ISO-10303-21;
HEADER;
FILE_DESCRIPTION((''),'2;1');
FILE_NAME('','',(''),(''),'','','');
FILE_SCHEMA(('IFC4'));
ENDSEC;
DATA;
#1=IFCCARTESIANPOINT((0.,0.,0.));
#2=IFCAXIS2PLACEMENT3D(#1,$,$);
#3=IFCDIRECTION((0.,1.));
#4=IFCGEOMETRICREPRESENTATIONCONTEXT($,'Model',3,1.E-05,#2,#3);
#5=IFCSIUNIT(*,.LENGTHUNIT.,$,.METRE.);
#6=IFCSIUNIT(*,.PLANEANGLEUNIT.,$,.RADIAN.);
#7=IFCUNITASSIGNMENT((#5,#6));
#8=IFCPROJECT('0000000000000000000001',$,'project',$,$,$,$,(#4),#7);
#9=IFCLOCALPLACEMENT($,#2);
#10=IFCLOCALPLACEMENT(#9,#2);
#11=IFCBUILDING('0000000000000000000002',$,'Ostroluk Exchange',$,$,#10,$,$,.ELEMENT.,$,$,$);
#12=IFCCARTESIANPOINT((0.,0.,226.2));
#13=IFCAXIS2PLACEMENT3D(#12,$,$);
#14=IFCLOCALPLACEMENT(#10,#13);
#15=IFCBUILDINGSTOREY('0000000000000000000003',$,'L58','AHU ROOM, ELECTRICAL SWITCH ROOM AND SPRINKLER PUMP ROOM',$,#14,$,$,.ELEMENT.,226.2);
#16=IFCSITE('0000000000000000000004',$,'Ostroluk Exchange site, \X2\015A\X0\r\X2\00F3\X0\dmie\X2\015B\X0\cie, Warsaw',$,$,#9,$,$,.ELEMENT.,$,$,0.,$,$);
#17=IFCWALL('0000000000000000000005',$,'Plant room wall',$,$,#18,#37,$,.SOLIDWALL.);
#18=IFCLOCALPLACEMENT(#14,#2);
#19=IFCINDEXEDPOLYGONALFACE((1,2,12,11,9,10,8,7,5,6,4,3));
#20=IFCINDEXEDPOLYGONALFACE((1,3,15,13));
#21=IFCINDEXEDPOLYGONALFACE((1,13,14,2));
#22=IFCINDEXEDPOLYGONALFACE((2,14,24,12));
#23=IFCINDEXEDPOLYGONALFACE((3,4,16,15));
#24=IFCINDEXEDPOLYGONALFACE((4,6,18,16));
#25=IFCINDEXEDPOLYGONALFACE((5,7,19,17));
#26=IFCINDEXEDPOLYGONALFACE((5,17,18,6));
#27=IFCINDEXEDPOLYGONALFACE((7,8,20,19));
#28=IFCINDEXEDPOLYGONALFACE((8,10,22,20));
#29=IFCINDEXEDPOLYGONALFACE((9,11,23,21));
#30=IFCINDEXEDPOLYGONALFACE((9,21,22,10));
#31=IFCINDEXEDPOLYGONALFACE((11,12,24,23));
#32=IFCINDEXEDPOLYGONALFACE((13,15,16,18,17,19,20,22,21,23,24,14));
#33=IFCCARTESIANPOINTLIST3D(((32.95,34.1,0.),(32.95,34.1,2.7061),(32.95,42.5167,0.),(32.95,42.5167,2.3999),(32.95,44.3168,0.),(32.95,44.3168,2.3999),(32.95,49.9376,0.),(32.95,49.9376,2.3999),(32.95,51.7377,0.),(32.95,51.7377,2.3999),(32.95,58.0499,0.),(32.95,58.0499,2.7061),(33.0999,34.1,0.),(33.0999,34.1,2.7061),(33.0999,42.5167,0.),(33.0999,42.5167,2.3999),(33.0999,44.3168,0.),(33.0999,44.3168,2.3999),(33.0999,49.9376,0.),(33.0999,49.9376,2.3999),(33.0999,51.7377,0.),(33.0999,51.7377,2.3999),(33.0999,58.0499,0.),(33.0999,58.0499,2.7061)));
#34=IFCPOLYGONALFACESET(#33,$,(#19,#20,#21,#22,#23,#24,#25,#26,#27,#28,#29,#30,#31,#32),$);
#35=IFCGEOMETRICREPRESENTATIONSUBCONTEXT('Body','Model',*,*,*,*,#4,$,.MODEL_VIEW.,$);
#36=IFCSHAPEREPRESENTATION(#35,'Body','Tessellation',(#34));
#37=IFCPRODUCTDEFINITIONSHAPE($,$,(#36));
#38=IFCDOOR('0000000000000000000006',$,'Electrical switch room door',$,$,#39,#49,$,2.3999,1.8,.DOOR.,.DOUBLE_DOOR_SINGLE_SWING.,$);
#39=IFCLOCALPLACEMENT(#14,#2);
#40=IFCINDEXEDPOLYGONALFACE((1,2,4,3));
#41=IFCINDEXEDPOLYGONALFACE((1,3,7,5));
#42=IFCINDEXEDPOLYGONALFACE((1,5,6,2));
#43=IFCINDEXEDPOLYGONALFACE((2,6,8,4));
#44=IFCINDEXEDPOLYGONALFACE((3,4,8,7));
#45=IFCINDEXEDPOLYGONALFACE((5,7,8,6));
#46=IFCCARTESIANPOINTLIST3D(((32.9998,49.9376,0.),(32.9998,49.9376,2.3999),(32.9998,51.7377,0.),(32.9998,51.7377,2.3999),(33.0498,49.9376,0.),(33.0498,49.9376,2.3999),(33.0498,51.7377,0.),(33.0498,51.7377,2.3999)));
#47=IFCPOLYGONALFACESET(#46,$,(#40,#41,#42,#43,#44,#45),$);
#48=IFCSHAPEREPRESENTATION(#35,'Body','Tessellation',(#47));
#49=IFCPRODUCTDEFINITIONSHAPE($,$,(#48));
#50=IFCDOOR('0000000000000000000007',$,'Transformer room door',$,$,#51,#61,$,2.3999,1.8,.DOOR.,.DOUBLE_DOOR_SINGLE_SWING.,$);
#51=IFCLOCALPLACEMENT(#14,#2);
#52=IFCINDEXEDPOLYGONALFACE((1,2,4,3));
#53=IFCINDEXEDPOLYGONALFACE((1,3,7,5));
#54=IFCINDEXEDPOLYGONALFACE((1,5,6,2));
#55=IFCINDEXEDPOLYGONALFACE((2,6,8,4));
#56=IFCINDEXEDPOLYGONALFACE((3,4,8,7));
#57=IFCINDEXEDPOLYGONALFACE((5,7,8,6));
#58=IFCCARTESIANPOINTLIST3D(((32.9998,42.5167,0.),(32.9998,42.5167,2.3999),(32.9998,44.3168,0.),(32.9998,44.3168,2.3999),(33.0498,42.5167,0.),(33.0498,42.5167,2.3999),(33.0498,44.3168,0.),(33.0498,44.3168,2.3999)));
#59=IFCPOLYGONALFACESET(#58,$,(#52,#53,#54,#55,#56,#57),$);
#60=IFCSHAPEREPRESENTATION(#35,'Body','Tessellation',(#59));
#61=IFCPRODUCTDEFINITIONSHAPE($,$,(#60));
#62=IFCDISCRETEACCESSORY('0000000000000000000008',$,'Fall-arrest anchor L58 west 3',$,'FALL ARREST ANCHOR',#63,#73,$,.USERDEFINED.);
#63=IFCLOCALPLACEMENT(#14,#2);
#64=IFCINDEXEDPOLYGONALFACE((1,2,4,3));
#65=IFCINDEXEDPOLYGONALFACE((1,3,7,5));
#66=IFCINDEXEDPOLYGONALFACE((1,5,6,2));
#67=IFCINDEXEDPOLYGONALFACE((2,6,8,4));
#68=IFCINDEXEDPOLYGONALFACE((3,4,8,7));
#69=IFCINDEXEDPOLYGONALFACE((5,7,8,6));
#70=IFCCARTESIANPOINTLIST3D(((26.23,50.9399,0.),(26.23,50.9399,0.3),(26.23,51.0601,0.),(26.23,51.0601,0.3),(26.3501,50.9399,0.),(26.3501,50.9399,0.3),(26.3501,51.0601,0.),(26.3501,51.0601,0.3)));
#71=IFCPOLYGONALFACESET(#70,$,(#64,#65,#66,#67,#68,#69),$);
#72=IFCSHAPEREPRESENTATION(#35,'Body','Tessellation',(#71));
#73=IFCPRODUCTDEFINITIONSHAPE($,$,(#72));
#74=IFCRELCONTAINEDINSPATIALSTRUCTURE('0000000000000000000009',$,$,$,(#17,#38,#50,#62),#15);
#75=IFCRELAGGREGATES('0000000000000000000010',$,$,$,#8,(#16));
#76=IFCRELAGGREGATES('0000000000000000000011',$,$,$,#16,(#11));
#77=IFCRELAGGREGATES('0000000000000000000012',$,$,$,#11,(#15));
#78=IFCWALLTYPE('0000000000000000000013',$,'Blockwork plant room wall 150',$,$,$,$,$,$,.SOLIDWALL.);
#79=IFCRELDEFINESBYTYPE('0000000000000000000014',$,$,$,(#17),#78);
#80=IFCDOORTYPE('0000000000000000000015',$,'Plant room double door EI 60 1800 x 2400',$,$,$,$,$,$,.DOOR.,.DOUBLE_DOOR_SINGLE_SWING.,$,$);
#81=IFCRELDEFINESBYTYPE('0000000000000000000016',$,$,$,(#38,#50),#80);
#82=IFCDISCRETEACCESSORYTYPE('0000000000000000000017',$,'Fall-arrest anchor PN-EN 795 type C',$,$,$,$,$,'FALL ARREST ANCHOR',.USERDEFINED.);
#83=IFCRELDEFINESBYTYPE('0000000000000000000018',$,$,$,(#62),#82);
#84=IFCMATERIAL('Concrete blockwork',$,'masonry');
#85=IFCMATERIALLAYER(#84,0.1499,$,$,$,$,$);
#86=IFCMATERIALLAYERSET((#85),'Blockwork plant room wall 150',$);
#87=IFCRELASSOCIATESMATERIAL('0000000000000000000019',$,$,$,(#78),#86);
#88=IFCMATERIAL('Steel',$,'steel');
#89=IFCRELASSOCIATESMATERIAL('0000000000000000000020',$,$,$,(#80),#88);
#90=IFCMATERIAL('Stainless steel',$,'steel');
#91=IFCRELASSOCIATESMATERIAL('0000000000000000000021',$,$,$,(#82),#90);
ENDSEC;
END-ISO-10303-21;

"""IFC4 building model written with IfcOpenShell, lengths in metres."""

from ifc_helpers import new_model, si_unit, direction, frame, frame_2d, origin, origin_2d, place, context, subcontext, project, spatial, rectangle, extrude, material, layer, layer_set, type_object, element, fill, save


model = new_model("IFC4")

# Units and contexts
model_context = context("Model", 3, precision=1e-05, world=origin(), true_north=direction((0.0, 1.0)))
body_context = subcontext(model_context, "Body", "Model", "MODEL_VIEW")
ifc_project = project(units=[si_unit("LENGTHUNIT", "METRE"), si_unit("PLANEANGLEUNIT", "RADIAN")], contexts=[model_context])

# Site, building, storey
site_placement = place(None, origin())
site = spatial("IfcSite", under=ifc_project, at=site_placement, Name="Ostroluk Exchange site, Śródmieście, Warsaw", CompositionType="ELEMENT", RefElevation=0.0)
building_placement = place(site_placement, origin())
building = spatial("IfcBuilding", under=site, at=building_placement, Name="Ostroluk Exchange", CompositionType="ELEMENT")
storey_placement = place(building_placement, frame((0.0, 0.0, 226.2)))
storey = spatial("IfcBuildingStorey", under=building, at=storey_placement, Name="L58", Description="AHU ROOM, ELECTRICAL SWITCH ROOM AND SPRINKLER PUMP ROOM", CompositionType="ELEMENT", Elevation=226.2)

# Shared definitions
ifc_material_1 = material(Name="Concrete blockwork", Category="masonry")
ifc_layer_1 = layer(ifc_material_1, 0.1499)
ifc_layer_set_1 = layer_set([ifc_layer_1], Name="Blockwork plant room wall 150")
wall_type = type_object("IfcWallType", Name="Blockwork plant room wall 150", PredefinedType="SOLIDWALL", material=ifc_layer_set_1)

# Wall, openings, doors
wall_1_placement = place(storey_placement, frame((33.0249, 58.05, 0.0), z_axis=(0.0, 0.0, 1.0), x_axis=(0.0, -1.0, 0.0)))
wall_1 = element("IfcWall", 1, at=wall_1_placement, inside=storey, type_object=wall_type, Name="Plant room wall", PredefinedType="SOLIDWALL", context=body_context, shape_type="SweptSolid", body=[
    extrude(rectangle(XDim=23.95, YDim=0.1499, at=frame_2d((11.9751, 0.0))), origin(), (0.0, 0.0, 1.0), 2.7061),
])
opening_1_placement = place(wall_1_placement, frame((6.3125, 0.0, 0.0)))
opening_1 = element("IfcOpeningElement", 2, at=opening_1_placement, cuts=wall_1, PredefinedType="OPENING", context=body_context, shape_type="SweptSolid", body=[
    extrude(rectangle(XDim=1.8, YDim=2.3999, at=frame_2d((0.8999, 1.2))), frame((0.0, 0.085, 0.0), z_axis=(0.0, -1.0, 0.0), x_axis=(1.0, 0.0, 0.0)), (0.0, 0.0, 1.0), 0.1699),
])
opening_2_placement = place(wall_1_placement, frame((13.7334, 0.0, 0.0)))
opening_2 = element("IfcOpeningElement", 3, at=opening_2_placement, cuts=wall_1, PredefinedType="OPENING", context=body_context, shape_type="SweptSolid", body=[
    extrude(rectangle(XDim=1.8, YDim=2.3999, at=frame_2d((0.8999, 1.2))), frame((0.0, 0.085, 0.0), z_axis=(0.0, -1.0, 0.0), x_axis=(1.0, 0.0, 0.0)), (0.0, 0.0, 1.0), 0.1699),
])
ifc_material_2 = material(Name="Steel", Category="steel")
door_type = type_object("IfcDoorType", Name="Plant room double door EI 60 1800 x 2400", OperationType="DOUBLE_DOOR_SINGLE_SWING", PredefinedType="DOOR", material=ifc_material_2)
door_1_placement = place(opening_1_placement, origin())
door_1 = element("IfcDoor", 4, at=door_1_placement, inside=storey, type_object=door_type, Name="Electrical switch room door", OperationType="DOUBLE_DOOR_SINGLE_SWING", OverallHeight=2.3999, OverallWidth=1.8, PredefinedType="DOOR", context=body_context, shape_type="SweptSolid", body=[
    extrude(rectangle(XDim=1.8, YDim=2.3999, at=frame_2d((0.8999, 1.2))), frame((0.0, 0.0249, 0.0), z_axis=(0.0, -1.0, 0.0), x_axis=(1.0, 0.0, 0.0)), (0.0, 0.0, 1.0), 0.05),
])
fill(opening_1, door_1)
door_2_placement = place(opening_2_placement, origin())
door_2 = element("IfcDoor", 5, at=door_2_placement, inside=storey, type_object=door_type, Name="Transformer room door", OperationType="DOUBLE_DOOR_SINGLE_SWING", OverallHeight=2.3999, OverallWidth=1.8, PredefinedType="DOOR", context=body_context, shape_type="SweptSolid", body=[
    extrude(rectangle(XDim=1.8, YDim=2.3999, at=frame_2d((0.8999, 1.2))), frame((0.0, 0.0249, 0.0), z_axis=(0.0, -1.0, 0.0), x_axis=(1.0, 0.0, 0.0)), (0.0, 0.0, 1.0), 0.05),
])
fill(opening_2, door_2)

# Discrete accessory
ifc_material_3 = material(Name="Stainless steel", Category="steel")
discrete_accessory_type = type_object("IfcDiscreteAccessoryType", Name="Fall-arrest anchor PN-EN 795 type C", ElementType="FALL ARREST ANCHOR", PredefinedType="USERDEFINED", material=ifc_material_3)
discrete_accessory_placement = place(storey_placement, frame((26.29, 51.0, 0.0), z_axis=(0.0, 0.0, 1.0), x_axis=(1.0, 0.0, 0.0)))
element("IfcDiscreteAccessory", 6, at=discrete_accessory_placement, inside=storey, type_object=discrete_accessory_type, Name="Fall-arrest anchor L58 west 3", ObjectType="FALL ARREST ANCHOR", PredefinedType="USERDEFINED", context=body_context, shape_type="SweptSolid", body=[
    extrude(rectangle(XDim=0.1201, YDim=0.1201, at=origin_2d()), origin(), (0.0, 0.0, 1.0), 0.3),
])

save(model, "model.ifc")
